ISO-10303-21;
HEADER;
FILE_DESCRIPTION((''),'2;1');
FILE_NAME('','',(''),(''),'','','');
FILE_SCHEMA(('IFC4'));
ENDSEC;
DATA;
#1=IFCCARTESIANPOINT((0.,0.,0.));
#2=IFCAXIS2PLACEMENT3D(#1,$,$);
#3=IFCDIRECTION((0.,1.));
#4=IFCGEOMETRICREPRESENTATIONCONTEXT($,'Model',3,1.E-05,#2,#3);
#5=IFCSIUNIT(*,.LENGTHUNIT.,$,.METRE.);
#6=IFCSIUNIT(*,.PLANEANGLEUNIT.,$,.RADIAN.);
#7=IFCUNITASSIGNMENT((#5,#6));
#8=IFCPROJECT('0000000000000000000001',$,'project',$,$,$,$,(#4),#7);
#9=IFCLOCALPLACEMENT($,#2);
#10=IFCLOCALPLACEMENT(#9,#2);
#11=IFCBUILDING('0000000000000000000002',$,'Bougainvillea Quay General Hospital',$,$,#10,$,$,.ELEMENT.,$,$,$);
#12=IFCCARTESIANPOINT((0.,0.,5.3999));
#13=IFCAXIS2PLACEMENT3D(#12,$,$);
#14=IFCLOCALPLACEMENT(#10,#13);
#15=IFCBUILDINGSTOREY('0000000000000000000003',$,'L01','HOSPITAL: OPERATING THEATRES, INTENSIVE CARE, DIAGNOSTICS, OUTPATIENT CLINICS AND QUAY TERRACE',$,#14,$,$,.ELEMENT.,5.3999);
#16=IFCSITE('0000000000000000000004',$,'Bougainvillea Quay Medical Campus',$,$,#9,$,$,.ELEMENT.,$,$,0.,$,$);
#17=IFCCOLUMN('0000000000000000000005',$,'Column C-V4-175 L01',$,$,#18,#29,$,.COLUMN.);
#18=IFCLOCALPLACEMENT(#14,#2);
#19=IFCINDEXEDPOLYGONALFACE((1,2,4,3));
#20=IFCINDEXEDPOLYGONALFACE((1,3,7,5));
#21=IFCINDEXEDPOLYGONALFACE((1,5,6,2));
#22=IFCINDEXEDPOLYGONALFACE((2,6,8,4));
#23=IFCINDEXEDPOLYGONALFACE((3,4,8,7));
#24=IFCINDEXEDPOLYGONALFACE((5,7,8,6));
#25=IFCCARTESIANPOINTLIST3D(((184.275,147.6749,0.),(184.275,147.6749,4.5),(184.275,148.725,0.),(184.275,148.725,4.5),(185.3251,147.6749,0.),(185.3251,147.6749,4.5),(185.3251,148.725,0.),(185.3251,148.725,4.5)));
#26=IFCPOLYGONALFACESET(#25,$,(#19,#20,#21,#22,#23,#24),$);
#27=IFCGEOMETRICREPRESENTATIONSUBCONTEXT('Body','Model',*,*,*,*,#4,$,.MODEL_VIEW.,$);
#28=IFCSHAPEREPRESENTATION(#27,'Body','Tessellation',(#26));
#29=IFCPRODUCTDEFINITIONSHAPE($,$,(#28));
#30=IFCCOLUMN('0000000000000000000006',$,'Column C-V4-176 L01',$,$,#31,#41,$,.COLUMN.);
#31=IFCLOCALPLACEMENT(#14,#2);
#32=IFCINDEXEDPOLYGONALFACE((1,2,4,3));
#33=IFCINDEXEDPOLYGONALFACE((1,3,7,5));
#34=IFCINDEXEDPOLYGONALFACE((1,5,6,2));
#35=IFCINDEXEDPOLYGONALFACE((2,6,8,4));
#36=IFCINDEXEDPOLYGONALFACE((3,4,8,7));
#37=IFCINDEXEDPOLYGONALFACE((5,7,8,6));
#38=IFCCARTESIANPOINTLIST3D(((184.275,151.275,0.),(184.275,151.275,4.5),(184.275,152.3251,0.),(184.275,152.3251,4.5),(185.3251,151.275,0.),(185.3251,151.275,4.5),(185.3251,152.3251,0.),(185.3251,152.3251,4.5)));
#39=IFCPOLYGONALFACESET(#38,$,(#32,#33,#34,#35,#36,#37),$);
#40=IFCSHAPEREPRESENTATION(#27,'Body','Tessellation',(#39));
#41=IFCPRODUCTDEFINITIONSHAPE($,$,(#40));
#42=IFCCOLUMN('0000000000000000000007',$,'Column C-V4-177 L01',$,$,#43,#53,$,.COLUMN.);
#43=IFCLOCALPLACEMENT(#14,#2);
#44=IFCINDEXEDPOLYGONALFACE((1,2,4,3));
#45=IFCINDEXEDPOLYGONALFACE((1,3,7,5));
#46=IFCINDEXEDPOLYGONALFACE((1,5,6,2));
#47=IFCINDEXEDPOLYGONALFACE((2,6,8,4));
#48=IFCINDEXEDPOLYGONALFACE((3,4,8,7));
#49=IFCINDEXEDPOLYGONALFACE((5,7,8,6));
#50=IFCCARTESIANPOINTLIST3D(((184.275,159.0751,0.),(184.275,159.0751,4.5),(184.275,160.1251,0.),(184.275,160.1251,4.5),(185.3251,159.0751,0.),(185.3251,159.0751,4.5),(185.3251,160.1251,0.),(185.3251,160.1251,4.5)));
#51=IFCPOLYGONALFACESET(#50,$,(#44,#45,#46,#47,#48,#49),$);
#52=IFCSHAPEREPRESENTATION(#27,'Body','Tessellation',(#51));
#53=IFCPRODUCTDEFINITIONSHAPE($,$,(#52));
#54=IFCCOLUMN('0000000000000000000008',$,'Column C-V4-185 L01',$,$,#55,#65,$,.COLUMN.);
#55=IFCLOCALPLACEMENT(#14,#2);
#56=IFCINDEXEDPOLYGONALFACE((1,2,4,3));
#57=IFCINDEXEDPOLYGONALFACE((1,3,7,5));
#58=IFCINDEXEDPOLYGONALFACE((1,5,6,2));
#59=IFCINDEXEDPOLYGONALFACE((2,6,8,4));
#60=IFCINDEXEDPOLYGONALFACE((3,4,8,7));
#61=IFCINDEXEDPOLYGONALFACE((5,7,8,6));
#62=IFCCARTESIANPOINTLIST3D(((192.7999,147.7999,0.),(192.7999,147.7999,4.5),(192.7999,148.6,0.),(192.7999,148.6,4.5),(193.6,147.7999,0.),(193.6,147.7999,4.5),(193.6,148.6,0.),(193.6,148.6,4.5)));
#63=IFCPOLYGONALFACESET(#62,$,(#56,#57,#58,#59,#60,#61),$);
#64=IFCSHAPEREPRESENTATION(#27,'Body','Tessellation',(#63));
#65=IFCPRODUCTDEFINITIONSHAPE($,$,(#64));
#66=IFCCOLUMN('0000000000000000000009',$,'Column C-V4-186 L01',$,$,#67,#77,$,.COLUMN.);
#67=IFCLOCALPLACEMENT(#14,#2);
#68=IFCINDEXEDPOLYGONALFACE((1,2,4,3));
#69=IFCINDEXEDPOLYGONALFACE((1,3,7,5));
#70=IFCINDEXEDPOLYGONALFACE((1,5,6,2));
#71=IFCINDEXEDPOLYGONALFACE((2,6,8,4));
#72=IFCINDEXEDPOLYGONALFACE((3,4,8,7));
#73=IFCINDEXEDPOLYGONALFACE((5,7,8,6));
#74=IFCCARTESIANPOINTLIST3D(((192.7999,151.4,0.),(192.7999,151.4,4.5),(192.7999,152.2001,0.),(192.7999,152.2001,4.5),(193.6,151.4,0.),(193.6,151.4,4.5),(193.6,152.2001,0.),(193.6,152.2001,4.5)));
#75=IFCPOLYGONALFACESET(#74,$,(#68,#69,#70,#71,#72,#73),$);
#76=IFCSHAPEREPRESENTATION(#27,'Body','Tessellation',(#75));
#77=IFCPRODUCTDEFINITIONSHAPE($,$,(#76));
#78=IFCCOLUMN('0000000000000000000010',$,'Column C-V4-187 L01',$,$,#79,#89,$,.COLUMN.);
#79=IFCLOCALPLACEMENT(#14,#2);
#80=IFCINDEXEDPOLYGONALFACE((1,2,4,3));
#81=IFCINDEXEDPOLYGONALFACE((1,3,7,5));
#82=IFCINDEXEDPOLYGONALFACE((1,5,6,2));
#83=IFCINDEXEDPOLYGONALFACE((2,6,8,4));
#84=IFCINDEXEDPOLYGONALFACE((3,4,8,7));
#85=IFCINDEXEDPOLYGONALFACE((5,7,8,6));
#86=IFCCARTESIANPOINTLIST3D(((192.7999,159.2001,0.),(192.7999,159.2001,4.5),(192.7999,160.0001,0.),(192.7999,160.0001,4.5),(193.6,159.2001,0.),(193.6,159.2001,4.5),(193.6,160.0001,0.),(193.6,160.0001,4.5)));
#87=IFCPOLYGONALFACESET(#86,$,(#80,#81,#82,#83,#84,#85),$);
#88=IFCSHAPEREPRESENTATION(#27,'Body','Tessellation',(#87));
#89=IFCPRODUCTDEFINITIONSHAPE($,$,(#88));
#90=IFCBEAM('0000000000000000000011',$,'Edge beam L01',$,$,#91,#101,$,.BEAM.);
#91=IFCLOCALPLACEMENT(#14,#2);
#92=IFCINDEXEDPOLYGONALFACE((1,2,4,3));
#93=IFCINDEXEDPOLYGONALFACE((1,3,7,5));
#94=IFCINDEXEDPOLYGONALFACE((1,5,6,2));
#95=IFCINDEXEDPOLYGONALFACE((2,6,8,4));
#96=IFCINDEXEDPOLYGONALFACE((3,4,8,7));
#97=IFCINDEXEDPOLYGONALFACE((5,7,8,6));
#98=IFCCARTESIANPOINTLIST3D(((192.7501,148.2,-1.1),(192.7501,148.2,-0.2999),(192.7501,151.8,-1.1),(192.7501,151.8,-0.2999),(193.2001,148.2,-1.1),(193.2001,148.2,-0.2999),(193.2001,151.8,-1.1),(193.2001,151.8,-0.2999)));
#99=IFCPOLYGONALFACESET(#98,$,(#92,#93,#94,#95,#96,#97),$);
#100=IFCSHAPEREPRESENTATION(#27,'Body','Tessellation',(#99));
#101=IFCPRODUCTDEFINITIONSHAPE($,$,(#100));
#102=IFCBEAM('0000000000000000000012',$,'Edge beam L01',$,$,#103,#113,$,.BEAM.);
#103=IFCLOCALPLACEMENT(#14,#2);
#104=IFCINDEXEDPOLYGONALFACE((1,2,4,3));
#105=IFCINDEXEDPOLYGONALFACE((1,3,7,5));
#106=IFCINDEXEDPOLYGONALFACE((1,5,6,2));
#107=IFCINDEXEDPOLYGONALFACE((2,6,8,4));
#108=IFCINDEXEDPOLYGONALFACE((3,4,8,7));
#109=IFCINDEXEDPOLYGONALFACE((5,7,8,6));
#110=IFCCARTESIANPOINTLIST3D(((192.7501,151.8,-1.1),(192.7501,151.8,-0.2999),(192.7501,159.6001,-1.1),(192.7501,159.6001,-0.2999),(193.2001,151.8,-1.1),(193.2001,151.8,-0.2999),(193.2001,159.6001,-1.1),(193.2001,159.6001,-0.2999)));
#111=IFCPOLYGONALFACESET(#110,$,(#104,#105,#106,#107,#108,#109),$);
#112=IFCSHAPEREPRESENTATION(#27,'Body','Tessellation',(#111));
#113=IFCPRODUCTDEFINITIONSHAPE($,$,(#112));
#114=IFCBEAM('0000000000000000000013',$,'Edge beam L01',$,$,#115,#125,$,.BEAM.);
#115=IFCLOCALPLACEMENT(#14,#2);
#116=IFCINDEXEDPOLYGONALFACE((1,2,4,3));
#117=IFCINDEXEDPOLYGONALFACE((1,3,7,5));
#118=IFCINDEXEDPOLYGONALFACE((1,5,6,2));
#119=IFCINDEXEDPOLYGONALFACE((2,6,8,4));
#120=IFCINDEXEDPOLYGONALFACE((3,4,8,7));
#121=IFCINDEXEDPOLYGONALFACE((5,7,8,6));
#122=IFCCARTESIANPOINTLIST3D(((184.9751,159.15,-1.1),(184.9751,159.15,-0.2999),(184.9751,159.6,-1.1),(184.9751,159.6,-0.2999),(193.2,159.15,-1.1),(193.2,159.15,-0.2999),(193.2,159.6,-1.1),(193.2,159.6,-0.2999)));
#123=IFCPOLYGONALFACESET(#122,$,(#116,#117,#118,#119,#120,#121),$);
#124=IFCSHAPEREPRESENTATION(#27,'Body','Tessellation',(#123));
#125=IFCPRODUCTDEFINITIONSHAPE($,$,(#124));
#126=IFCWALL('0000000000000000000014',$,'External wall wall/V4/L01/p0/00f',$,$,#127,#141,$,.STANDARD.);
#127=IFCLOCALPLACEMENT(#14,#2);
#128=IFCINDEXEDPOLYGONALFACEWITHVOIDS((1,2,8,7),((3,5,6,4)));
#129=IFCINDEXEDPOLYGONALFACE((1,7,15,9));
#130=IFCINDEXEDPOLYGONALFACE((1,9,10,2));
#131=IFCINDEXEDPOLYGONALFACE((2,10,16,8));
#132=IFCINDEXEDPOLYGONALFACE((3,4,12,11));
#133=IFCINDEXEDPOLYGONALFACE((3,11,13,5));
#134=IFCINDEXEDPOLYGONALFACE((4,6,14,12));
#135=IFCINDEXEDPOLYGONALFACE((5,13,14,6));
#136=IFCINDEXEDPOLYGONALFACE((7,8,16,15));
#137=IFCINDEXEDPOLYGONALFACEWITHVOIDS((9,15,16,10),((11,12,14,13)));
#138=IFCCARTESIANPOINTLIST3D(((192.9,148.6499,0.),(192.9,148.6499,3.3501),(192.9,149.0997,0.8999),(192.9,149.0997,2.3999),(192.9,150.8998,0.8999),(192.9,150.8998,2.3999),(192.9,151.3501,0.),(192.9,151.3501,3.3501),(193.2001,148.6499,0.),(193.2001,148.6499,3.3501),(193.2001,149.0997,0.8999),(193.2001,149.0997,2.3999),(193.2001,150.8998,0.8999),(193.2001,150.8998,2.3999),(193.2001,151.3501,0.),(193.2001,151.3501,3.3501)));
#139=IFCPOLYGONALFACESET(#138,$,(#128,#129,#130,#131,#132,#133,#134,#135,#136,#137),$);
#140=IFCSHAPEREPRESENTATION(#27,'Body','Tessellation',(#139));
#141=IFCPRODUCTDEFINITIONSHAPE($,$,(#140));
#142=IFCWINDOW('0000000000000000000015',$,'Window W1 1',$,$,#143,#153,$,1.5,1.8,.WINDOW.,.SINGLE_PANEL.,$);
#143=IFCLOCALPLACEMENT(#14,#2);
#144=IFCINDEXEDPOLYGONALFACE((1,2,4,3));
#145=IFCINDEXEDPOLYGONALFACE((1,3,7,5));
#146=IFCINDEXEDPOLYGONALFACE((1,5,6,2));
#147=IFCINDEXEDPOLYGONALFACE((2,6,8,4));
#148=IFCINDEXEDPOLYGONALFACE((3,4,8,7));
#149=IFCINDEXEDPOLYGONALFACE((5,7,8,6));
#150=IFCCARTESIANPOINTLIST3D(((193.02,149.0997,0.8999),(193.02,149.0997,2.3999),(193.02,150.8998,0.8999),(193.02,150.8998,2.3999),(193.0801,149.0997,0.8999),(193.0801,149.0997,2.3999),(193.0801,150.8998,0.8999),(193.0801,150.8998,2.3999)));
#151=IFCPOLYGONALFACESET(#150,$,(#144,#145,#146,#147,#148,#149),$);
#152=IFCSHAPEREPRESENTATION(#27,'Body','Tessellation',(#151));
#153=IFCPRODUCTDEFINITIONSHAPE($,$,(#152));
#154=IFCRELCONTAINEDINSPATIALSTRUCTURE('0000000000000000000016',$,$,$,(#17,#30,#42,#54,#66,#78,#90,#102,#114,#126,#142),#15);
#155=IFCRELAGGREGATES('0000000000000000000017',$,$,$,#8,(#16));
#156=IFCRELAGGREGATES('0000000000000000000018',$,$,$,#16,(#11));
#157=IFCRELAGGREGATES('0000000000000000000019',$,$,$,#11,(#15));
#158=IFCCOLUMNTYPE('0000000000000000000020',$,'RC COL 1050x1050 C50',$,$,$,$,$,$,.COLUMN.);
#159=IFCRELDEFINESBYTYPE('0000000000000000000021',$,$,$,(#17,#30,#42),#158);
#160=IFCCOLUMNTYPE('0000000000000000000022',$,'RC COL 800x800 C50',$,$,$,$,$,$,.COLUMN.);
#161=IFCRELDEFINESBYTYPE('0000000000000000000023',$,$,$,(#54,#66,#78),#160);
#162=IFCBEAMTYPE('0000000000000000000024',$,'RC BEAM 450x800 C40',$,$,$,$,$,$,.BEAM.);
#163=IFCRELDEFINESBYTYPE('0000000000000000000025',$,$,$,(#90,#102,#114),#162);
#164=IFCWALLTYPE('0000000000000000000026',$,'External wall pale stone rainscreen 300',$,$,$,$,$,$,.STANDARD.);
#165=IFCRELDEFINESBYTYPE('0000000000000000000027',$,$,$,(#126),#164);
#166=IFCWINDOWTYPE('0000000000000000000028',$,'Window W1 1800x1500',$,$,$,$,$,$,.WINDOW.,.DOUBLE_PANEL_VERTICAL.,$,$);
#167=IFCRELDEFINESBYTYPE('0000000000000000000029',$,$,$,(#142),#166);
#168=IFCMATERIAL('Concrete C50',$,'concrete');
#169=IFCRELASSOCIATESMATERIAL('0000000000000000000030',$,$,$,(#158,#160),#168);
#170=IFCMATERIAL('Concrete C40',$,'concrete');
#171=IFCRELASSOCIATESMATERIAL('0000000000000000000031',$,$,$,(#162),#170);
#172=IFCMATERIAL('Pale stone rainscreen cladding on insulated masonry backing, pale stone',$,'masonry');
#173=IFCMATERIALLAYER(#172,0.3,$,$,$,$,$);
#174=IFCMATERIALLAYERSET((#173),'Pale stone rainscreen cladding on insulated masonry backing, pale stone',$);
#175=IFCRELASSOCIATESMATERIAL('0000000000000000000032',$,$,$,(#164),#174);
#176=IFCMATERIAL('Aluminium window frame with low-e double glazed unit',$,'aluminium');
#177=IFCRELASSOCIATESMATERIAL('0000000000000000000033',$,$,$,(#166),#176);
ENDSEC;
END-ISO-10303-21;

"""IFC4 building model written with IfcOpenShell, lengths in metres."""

from ifc_helpers import new_model, si_unit, direction, frame, frame_2d, origin, origin_2d, place, context, subcontext, project, spatial, rectangle, extrude, material, layer, layer_set, material_profile, profile_set, type_object, element, fill, save


model = new_model("IFC4")

# Units and contexts
model_context = context("Model", 3, precision=1e-05, world=origin(), true_north=direction((0.0, 1.0)))
body_context = subcontext(model_context, "Body", "Model", "MODEL_VIEW")
ifc_project = project(units=[si_unit("LENGTHUNIT", "METRE"), si_unit("PLANEANGLEUNIT", "RADIAN")], contexts=[model_context])

# Site, building, storey
site_placement = place(None, origin())
site = spatial("IfcSite", under=ifc_project, at=site_placement, Name="Bougainvillea Quay Medical Campus", CompositionType="ELEMENT", RefElevation=0.0)
building_placement = place(site_placement, origin())
building = spatial("IfcBuilding", under=site, at=building_placement, Name="Bougainvillea Quay General Hospital", CompositionType="ELEMENT")
storey_placement = place(building_placement, frame((0.0, 0.0, 5.3999)))
storey = spatial("IfcBuildingStorey", under=building, at=storey_placement, Name="L01", Description="HOSPITAL: OPERATING THEATRES, INTENSIVE CARE, DIAGNOSTICS, OUTPATIENT CLINICS AND QUAY TERRACE", CompositionType="ELEMENT", Elevation=5.3999)

# Columns
ifc_material_1 = material(Name="Concrete C50", Category="concrete")
ifc_material_profile_1 = material_profile(ifc_material_1, rectangle(XDim=1.05, YDim=1.05, at=origin_2d()))
ifc_profile_set_1 = profile_set([ifc_material_profile_1], Name="Concrete C50")
column_type_1 = type_object("IfcColumnType", Name="RC COL 1050x1050 C50", PredefinedType="COLUMN", material=ifc_profile_set_1)
for number, where, z_axis, x_axis, name in (
    (1, (184.8, 148.2, 0.0), (0.0, 0.0, 1.0), (1.0, 0.0, 0.0), "Column C-V4-175 L01"),
    (2, (184.8, 151.8, 0.0), (0.0, 0.0, 1.0), (1.0, 0.0, 0.0), "Column C-V4-176 L01"),
    (3, (184.8, 159.6001, 0.0), (0.0, 0.0, 1.0), (1.0, 0.0, 0.0), "Column C-V4-177 L01"),
):
    element("IfcColumn", number, at=place(storey_placement, frame(where, z_axis=z_axis, x_axis=x_axis)), inside=storey, type_object=column_type_1, Name=name, PredefinedType="COLUMN", context=body_context, shape_type="SweptSolid", body=[
        extrude(rectangle(XDim=1.05, YDim=1.05, at=origin_2d()), origin(), (0.0, 0.0, 1.0), 4.5),
    ])
ifc_material_profile_2 = material_profile(ifc_material_1, rectangle(XDim=0.8, YDim=0.8, at=origin_2d()))
ifc_profile_set_2 = profile_set([ifc_material_profile_2], Name="Concrete C50")
column_type_2 = type_object("IfcColumnType", Name="RC COL 800x800 C50", PredefinedType="COLUMN", material=ifc_profile_set_2)
for number, where, z_axis, x_axis, name in (
    (4, (193.2, 148.2, 0.0), (0.0, 0.0, 1.0), (1.0, 0.0, 0.0), "Column C-V4-185 L01"),
    (5, (193.2, 151.8, 0.0), (0.0, 0.0, 1.0), (1.0, 0.0, 0.0), "Column C-V4-186 L01"),
    (6, (193.2, 159.6001, 0.0), (0.0, 0.0, 1.0), (1.0, 0.0, 0.0), "Column C-V4-187 L01"),
):
    element("IfcColumn", number, at=place(storey_placement, frame(where, z_axis=z_axis, x_axis=x_axis)), inside=storey, type_object=column_type_2, Name=name, PredefinedType="COLUMN", context=body_context, shape_type="SweptSolid", body=[
        extrude(rectangle(XDim=0.8, YDim=0.8, at=origin_2d()), origin(), (0.0, 0.0, 1.0), 4.5),
    ])

# Beams
ifc_material_2 = material(Name="Concrete C40", Category="concrete")
ifc_material_profile_3 = material_profile(ifc_material_2, rectangle(XDim=0.45, YDim=0.8, at=origin_2d()))
ifc_profile_set_3 = profile_set([ifc_material_profile_3], Name="Concrete C40")
beam_type = type_object("IfcBeamType", Name="RC BEAM 450x800 C40", PredefinedType="BEAM", material=ifc_profile_set_3)
beam_1_placement = place(storey_placement, frame((192.9751, 148.2, -0.7), z_axis=(0.0, 1.0, 0.0), x_axis=(-1.0, 0.0, 0.0)))
element("IfcBeam", 7, at=beam_1_placement, inside=storey, type_object=beam_type, Name="Edge beam L01", PredefinedType="BEAM", context=body_context, shape_type="SweptSolid", body=[
    extrude(rectangle(XDim=0.45, YDim=0.8, at=origin_2d()), origin(), (0.0, 0.0, 1.0), 3.6001),
])
beam_2_placement = place(storey_placement, frame((192.9751, 151.8, -0.7), z_axis=(0.0, 1.0, 0.0), x_axis=(-1.0, 0.0, 0.0)))
element("IfcBeam", 8, at=beam_2_placement, inside=storey, type_object=beam_type, Name="Edge beam L01", PredefinedType="BEAM", context=body_context, shape_type="SweptSolid", body=[
    extrude(rectangle(XDim=0.45, YDim=0.8, at=origin_2d()), origin(), (0.0, 0.0, 1.0), 7.8),
])
beam_3_placement = place(storey_placement, frame((193.2, 159.375, -0.7), z_axis=(-1.0, 0.0, 0.0), x_axis=(0.0, -1.0, 0.0)))
element("IfcBeam", 9, at=beam_3_placement, inside=storey, type_object=beam_type, Name="Edge beam L01", PredefinedType="BEAM", context=body_context, shape_type="SweptSolid", body=[
    extrude(rectangle(XDim=0.45, YDim=0.8, at=origin_2d()), origin(), (0.0, 0.0, 1.0), 8.2249),
])

# Wall, opening, window
ifc_material_3 = material(Name="Pale stone rainscreen cladding on insulated masonry backing, pale stone", Category="masonry")
ifc_layer_1 = layer(ifc_material_3, 0.3)
ifc_layer_set_1 = layer_set([ifc_layer_1], Name="Pale stone rainscreen cladding on insulated masonry backing, pale stone")
wall_type_1 = type_object("IfcWallType", Name="External wall pale stone rainscreen 300", PredefinedType="STANDARD", material=ifc_layer_set_1)
wall_1_placement = place(storey_placement, frame((193.05, 148.6499, 0.0), z_axis=(0.0, 0.0, 1.0), x_axis=(0.0, 1.0, 0.0)))
wall_1 = element("IfcWall", 10, at=wall_1_placement, inside=storey, type_object=wall_type_1, Name="External wall wall/V4/L01/p0/00f", PredefinedType="STANDARD", context=body_context, shape_type="SweptSolid", body=[
    extrude(rectangle(XDim=2.7002, YDim=0.3, at=frame_2d((1.3501, 0.0))), origin(), (0.0, 0.0, 1.0), 3.3501),
])
opening_1_placement = place(wall_1_placement, frame((0.45, 0.0, 0.8999)))
opening_1 = element("IfcOpeningElement", 11, at=opening_1_placement, cuts=wall_1, PredefinedType="OPENING", context=body_context, shape_type="SweptSolid", body=[
    extrude(rectangle(XDim=1.8, YDim=1.5, at=frame_2d((0.8999, 0.75))), frame((0.0, 0.1599, 0.0), z_axis=(0.0, -1.0, 0.0), x_axis=(1.0, 0.0, 0.0)), (0.0, 0.0, 1.0), 0.3201),
])
ifc_material_4 = material(Name="Aluminium window frame with low-e double glazed unit", Category="aluminium")
window_type = type_object("IfcWindowType", Name="Window W1 1800x1500", PartitioningType="DOUBLE_PANEL_VERTICAL", PredefinedType="WINDOW", material=ifc_material_4)
window_1_placement = place(opening_1_placement, origin())
window_1 = element("IfcWindow", 12, at=window_1_placement, inside=storey, type_object=window_type, Name="Window W1 1", OverallHeight=1.5, OverallWidth=1.8, PartitioningType="SINGLE_PANEL", PredefinedType="WINDOW", context=body_context, shape_type="SweptSolid", body=[
    extrude(rectangle(XDim=1.8, YDim=1.5, at=frame_2d((0.8999, 0.75))), frame((0.0, 0.03, 0.0), z_axis=(0.0, -1.0, 0.0), x_axis=(1.0, 0.0, 0.0)), (0.0, 0.0, 1.0), 0.0601),
])
fill(opening_1, window_1)

save(model, "model.ifc")
